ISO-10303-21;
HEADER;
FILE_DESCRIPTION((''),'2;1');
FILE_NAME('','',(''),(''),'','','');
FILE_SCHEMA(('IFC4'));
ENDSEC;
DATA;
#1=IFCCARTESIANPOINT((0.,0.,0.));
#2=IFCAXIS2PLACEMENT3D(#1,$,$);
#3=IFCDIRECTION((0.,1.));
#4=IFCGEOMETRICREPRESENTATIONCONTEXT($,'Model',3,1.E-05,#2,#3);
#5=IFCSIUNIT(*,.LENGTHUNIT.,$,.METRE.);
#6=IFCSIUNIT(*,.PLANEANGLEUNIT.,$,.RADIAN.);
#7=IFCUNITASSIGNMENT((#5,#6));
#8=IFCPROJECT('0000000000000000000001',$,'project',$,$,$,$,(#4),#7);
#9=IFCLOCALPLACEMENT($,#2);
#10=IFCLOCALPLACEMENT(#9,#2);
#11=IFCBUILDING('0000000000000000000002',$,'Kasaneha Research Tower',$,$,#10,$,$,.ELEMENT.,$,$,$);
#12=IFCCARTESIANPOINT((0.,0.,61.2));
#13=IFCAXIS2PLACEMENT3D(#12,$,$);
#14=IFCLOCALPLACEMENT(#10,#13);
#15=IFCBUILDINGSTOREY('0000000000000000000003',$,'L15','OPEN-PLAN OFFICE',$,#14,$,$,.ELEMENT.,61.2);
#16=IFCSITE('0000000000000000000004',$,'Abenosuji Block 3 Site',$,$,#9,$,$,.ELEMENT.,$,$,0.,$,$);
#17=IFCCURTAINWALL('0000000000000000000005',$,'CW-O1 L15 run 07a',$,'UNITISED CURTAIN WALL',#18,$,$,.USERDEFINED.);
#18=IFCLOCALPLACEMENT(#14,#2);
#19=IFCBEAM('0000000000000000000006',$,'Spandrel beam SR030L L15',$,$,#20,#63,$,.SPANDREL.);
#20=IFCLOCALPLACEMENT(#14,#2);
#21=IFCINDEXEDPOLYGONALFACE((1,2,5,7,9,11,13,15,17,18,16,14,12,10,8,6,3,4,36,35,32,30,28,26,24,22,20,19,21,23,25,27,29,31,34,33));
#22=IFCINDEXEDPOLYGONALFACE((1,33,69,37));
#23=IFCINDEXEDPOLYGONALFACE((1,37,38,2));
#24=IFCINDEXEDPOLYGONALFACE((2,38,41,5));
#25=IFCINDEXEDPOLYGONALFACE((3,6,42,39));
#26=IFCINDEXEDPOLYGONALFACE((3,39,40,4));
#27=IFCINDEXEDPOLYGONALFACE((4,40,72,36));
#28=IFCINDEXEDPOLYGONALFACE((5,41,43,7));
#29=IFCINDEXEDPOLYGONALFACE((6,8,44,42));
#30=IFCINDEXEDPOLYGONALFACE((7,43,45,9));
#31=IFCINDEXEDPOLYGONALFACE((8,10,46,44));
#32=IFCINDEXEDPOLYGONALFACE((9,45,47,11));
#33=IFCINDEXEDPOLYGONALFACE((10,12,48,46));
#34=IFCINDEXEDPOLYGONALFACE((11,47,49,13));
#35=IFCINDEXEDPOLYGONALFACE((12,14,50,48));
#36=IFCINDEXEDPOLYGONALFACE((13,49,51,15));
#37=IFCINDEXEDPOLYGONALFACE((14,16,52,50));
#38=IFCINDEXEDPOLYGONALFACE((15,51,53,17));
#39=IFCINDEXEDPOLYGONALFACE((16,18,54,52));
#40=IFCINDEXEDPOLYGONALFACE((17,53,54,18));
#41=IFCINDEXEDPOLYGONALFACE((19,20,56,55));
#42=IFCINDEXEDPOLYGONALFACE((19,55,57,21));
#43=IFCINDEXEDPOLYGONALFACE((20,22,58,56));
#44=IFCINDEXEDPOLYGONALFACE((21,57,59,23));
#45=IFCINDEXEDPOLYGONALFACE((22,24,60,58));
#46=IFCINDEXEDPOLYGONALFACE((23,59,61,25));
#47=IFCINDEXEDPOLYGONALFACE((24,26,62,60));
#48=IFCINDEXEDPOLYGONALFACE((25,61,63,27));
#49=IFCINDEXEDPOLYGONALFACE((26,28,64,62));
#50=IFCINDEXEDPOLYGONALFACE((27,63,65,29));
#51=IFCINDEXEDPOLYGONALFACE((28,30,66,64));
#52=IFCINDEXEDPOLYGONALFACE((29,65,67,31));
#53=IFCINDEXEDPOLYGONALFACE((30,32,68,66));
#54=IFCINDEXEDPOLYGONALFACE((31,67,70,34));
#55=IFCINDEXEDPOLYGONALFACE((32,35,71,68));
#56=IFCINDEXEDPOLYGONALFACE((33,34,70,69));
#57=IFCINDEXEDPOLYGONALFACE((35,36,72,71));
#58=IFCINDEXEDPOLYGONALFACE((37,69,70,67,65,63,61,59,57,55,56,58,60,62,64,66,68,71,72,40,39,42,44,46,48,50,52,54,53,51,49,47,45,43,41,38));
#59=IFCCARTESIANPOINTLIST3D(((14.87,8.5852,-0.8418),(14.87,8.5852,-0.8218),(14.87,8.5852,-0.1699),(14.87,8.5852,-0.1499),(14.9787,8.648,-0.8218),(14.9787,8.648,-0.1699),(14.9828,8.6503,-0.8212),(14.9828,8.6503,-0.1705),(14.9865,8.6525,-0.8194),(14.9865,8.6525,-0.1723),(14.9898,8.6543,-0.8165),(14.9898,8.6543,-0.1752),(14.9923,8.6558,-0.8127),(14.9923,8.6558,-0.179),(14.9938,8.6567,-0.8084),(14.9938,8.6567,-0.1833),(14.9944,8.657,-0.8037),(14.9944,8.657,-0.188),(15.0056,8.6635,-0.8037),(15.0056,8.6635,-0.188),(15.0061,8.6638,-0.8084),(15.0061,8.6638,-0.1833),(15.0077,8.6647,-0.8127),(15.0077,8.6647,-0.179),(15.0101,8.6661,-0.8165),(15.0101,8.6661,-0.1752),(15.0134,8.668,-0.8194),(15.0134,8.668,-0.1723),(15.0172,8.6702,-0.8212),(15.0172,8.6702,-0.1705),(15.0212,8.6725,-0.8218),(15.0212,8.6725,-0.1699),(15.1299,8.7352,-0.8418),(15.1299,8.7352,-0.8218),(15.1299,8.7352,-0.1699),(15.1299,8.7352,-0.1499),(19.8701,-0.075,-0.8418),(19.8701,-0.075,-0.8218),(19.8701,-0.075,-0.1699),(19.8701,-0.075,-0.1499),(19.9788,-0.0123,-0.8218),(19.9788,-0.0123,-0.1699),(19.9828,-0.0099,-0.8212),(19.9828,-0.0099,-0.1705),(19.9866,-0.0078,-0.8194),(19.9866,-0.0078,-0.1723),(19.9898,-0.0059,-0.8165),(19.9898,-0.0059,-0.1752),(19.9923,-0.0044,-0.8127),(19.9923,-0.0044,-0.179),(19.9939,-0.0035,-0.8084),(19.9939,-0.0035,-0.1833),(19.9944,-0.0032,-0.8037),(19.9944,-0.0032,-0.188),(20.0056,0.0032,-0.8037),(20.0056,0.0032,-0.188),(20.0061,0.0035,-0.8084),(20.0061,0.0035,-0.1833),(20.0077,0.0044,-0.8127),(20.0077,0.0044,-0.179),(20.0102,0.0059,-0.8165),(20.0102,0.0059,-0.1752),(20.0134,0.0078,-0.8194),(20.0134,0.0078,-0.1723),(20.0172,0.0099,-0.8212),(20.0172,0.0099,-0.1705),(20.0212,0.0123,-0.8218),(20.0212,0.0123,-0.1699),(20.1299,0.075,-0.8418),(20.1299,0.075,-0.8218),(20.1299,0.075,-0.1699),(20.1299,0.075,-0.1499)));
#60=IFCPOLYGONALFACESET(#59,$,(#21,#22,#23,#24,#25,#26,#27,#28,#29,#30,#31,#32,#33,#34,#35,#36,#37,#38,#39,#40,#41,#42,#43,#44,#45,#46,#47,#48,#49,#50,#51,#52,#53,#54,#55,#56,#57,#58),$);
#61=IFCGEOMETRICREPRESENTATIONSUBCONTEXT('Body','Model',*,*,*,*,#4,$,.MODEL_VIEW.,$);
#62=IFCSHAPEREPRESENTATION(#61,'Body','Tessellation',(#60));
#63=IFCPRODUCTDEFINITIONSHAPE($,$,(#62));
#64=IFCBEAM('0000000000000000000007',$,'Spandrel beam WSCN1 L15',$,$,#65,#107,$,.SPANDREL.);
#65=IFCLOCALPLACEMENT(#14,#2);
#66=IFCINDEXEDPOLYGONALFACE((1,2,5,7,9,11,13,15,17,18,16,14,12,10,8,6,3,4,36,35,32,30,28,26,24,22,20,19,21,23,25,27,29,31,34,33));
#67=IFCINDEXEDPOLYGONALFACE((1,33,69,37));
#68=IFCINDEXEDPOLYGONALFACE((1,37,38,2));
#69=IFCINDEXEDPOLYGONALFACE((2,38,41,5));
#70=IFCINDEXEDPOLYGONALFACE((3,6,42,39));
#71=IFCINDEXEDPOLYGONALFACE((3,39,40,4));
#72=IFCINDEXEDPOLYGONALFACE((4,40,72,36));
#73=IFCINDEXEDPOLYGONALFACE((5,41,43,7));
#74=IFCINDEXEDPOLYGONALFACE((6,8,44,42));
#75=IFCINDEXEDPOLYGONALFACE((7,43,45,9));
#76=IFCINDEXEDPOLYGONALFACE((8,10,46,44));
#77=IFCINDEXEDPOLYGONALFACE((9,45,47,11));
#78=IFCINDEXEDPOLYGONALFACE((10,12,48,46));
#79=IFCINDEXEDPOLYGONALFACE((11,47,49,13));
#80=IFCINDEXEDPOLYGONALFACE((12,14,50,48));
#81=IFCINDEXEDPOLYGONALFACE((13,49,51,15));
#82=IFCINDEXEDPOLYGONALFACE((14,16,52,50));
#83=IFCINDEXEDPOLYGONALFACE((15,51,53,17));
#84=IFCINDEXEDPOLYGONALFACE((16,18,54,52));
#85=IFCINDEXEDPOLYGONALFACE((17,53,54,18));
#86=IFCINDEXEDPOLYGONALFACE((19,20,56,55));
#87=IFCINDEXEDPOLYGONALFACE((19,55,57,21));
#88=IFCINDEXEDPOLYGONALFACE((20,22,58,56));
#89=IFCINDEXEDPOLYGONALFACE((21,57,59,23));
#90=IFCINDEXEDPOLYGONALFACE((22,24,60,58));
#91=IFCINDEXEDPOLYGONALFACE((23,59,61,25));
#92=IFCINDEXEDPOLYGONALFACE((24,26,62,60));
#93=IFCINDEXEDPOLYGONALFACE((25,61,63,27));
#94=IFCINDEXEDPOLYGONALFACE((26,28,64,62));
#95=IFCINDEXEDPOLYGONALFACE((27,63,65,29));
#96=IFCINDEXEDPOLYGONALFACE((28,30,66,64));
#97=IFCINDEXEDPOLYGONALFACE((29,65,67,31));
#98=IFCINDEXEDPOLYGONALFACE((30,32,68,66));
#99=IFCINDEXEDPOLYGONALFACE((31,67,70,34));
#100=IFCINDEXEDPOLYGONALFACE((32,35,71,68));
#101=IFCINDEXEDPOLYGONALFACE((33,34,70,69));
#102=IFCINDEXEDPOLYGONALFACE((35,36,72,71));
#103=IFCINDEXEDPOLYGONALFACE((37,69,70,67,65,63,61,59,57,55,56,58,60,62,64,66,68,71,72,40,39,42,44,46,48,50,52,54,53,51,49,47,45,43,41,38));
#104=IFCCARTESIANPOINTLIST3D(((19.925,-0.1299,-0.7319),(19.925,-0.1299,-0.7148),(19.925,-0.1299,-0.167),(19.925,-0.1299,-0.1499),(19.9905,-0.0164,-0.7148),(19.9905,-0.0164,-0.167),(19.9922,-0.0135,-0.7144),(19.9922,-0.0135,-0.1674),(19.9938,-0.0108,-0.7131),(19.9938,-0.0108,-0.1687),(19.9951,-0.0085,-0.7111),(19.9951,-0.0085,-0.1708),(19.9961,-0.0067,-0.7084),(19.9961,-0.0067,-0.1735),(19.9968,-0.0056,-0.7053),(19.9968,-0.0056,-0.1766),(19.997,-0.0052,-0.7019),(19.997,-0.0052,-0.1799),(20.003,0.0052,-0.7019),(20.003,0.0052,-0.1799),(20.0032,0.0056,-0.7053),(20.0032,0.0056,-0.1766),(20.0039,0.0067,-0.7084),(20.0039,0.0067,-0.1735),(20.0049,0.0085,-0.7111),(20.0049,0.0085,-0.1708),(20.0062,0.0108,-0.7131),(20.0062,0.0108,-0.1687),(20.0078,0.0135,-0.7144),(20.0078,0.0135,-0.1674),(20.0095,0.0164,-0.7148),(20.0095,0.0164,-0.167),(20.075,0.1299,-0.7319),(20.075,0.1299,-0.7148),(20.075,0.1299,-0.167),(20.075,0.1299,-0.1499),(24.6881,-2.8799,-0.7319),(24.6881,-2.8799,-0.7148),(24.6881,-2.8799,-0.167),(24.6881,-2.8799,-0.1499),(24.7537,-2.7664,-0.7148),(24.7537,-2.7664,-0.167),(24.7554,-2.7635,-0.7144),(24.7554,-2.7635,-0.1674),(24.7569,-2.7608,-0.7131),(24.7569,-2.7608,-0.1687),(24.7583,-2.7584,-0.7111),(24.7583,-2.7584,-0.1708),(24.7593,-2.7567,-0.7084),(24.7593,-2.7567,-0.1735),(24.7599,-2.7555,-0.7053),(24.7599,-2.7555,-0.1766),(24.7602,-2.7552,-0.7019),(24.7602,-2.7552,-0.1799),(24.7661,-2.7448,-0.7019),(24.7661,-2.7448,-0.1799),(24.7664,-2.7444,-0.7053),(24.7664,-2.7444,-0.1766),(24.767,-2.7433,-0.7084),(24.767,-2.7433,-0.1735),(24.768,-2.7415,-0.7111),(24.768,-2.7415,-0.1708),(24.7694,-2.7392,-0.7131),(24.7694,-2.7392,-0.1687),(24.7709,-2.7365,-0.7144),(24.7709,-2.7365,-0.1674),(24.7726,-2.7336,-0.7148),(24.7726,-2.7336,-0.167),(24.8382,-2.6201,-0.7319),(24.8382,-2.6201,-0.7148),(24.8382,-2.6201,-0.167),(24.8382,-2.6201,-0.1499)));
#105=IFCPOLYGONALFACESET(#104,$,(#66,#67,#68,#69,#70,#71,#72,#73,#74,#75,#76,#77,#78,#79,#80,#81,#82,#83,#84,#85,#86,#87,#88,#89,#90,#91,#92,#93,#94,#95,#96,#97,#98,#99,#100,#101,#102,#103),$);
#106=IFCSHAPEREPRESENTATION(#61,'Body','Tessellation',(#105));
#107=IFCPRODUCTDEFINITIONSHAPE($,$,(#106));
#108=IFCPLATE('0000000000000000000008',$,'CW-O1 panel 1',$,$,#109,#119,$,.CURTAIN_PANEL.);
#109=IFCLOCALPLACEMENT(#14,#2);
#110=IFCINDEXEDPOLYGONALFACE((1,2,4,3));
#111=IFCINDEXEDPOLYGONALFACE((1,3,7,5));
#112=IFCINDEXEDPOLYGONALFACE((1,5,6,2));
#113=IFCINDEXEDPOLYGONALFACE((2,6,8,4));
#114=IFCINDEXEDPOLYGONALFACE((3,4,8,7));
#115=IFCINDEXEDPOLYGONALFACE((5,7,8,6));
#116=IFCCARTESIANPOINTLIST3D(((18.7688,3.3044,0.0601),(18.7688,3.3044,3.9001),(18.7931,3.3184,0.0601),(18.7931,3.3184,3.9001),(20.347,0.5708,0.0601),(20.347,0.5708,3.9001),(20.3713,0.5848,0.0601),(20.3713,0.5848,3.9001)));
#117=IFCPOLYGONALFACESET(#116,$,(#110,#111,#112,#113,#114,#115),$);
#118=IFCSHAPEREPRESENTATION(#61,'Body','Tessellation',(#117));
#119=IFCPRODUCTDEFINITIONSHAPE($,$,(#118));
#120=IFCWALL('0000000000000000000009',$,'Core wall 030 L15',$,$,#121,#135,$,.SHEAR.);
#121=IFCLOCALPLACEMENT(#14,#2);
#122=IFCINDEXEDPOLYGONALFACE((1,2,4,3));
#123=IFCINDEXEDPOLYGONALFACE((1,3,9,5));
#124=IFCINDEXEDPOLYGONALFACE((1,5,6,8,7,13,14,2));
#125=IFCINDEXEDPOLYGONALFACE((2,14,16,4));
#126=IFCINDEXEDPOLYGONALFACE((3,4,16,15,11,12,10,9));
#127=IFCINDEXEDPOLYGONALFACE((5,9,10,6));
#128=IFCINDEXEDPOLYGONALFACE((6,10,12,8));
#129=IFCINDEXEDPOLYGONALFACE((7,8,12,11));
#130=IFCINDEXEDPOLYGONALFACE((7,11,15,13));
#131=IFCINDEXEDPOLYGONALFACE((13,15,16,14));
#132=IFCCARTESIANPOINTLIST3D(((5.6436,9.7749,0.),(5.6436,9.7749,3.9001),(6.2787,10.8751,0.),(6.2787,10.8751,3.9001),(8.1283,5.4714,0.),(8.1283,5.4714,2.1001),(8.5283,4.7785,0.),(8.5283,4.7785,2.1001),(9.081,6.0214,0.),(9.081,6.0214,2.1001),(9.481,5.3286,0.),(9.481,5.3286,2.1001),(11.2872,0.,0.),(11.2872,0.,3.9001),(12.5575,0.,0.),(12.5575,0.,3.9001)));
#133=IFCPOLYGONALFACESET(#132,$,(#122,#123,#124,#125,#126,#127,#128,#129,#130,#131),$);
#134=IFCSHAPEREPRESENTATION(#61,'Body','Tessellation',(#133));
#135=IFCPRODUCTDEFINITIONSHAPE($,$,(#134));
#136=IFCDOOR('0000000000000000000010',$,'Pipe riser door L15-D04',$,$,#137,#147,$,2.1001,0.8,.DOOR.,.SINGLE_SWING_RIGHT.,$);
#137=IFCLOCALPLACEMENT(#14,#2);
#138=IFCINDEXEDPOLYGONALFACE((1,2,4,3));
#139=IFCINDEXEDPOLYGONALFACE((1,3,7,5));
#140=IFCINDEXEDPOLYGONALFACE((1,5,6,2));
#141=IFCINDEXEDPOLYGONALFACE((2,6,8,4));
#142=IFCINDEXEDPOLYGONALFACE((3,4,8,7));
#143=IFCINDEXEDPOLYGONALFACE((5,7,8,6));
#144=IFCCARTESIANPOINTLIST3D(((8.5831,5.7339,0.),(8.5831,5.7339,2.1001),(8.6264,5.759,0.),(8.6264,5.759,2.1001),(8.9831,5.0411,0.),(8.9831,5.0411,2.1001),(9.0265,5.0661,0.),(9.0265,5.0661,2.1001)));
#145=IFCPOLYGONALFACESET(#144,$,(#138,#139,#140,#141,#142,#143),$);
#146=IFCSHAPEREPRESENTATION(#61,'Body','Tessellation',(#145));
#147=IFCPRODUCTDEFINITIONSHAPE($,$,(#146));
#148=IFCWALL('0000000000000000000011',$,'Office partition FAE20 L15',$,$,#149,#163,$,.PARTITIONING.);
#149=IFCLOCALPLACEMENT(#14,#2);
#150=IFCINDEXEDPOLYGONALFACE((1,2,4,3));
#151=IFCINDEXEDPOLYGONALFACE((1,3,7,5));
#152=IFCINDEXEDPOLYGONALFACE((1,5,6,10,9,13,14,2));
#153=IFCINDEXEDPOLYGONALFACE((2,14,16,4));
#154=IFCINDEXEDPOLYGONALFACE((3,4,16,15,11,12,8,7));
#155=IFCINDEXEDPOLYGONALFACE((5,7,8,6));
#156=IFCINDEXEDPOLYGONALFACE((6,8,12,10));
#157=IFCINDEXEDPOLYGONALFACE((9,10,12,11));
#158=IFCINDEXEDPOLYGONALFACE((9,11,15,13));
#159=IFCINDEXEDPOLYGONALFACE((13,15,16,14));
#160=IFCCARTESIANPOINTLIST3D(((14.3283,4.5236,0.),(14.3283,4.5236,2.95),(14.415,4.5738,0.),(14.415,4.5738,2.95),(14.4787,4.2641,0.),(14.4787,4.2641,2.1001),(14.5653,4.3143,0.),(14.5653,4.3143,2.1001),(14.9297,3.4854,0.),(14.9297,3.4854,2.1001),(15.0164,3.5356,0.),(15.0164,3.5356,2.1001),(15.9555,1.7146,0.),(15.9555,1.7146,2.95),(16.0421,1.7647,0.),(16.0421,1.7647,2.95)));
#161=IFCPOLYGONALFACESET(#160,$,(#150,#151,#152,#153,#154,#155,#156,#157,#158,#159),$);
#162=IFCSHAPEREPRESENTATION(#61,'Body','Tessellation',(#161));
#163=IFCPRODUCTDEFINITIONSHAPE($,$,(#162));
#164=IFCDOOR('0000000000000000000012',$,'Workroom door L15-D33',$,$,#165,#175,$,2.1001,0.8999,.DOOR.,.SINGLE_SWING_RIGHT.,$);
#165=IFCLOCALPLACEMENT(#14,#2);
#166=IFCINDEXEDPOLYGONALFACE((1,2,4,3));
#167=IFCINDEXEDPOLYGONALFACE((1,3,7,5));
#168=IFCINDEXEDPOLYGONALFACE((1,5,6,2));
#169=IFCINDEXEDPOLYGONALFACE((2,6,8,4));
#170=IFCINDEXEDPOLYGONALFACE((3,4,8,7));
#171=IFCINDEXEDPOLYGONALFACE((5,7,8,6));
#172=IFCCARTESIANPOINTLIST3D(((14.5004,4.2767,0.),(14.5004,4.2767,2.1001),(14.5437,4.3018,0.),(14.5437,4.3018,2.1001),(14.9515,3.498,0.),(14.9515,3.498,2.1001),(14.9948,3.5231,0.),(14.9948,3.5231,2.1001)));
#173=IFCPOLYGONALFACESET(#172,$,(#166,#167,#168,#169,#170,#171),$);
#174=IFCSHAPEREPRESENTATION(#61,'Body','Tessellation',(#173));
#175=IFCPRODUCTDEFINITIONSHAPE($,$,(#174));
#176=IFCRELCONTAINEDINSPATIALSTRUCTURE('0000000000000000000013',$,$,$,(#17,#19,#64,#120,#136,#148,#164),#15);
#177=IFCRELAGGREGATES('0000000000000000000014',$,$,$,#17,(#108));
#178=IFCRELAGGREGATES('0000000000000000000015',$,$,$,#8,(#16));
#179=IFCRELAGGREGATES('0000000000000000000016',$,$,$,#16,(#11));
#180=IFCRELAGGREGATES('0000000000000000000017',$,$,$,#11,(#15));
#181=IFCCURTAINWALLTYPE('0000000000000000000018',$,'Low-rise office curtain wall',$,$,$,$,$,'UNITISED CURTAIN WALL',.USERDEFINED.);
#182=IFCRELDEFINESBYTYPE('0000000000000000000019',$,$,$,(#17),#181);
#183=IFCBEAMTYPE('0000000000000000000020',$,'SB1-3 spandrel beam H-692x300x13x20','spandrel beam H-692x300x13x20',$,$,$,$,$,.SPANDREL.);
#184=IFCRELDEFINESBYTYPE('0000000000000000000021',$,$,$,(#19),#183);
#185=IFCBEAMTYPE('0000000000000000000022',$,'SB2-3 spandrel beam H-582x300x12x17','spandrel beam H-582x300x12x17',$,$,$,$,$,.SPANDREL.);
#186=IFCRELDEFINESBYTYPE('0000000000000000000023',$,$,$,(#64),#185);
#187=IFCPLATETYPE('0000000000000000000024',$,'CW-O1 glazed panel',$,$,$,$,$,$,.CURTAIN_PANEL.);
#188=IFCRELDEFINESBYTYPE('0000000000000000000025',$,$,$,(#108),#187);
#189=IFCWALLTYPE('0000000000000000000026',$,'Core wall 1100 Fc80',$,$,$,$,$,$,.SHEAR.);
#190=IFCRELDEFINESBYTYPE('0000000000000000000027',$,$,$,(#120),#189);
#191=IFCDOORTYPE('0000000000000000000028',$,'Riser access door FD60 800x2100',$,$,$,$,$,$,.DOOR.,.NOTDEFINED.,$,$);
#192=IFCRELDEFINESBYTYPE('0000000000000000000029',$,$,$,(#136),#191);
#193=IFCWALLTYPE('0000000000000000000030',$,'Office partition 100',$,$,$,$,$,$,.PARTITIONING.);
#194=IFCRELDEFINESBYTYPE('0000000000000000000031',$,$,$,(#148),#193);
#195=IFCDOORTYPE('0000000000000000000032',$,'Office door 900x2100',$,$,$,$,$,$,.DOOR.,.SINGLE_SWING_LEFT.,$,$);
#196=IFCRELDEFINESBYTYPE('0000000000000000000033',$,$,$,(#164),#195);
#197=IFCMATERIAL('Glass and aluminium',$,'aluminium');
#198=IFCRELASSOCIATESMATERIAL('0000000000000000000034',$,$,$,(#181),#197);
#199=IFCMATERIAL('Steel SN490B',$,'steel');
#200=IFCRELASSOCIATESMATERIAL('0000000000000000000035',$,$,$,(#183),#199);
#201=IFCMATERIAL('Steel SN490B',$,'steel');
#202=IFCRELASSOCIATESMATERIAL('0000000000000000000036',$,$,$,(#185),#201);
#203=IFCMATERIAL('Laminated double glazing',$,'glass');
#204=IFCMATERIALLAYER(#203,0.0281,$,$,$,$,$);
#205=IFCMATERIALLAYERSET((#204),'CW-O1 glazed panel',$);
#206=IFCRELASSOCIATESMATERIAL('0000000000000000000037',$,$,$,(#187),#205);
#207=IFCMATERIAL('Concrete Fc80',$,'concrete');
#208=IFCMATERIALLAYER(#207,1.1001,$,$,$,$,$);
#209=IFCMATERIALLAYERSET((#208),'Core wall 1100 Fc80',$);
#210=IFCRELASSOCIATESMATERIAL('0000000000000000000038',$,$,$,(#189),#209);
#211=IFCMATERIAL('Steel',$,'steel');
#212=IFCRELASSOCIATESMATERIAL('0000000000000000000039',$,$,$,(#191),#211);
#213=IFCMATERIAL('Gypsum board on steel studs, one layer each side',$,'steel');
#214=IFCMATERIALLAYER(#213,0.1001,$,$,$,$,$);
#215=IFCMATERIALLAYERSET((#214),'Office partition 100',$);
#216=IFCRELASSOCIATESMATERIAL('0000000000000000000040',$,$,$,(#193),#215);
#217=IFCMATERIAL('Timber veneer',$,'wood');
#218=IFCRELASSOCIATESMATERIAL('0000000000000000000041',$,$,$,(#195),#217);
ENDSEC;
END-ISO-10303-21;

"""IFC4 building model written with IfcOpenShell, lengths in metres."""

from ifc_helpers import new_model, si_unit, direction, frame, frame_2d, origin, origin_2d, place, context, subcontext, project, spatial, polyline, rectangle, i_section, outline, extrude, material, layer, layer_set, material_profile, profile_set, type_object, element, fill, aggregate, save


model = new_model("IFC4")

# Units and contexts
model_context = context("Model", 3, precision=1e-05, world=origin(), true_north=direction((0.0, 1.0)))
body_context = subcontext(model_context, "Body", "Model", "MODEL_VIEW")
ifc_project = project(units=[si_unit("LENGTHUNIT", "METRE"), si_unit("PLANEANGLEUNIT", "RADIAN")], contexts=[model_context])

# Site, building, storey
site_placement = place(None, origin())
site = spatial("IfcSite", under=ifc_project, at=site_placement, Name="Abenosuji Block 3 Site", CompositionType="ELEMENT", RefElevation=0.0)
building_placement = place(site_placement, origin())
building = spatial("IfcBuilding", under=site, at=building_placement, Name="Kasaneha Research Tower", CompositionType="ELEMENT")
storey_placement = place(building_placement, frame((0.0, 0.0, 61.2)))
storey = spatial("IfcBuildingStorey", under=building, at=storey_placement, Name="L15", Description="OPEN-PLAN OFFICE", CompositionType="ELEMENT", Elevation=61.2)

# Shared definitions
ifc_material_1 = material(Name="Glass and aluminium", Category="aluminium")
curtain_wall_type = type_object("IfcCurtainWallType", Name="Low-rise office curtain wall", ElementType="UNITISED CURTAIN WALL", PredefinedType="USERDEFINED", material=ifc_material_1)

# Curtain wall
curtain_wall_1_placement = place(storey_placement, origin())
curtain_wall_1 = element("IfcCurtainWall", 1, at=curtain_wall_1_placement, inside=storey, type_object=curtain_wall_type, Name="CW-O1 L15 run 07a", ObjectType="UNITISED CURTAIN WALL", PredefinedType="USERDEFINED")

# Beams
ifc_material_2 = material(Name="Steel SN490B", Category="steel")
ifc_material_profile_1 = material_profile(ifc_material_2, i_section(OverallWidth=0.3, OverallDepth=0.6919, WebThickness=0.0129, FlangeThickness=0.02, FilletRadius=0.0181, at=origin_2d()), Name="H-692x300x13x20")
ifc_profile_set_1 = profile_set([ifc_material_profile_1], Name="Steel SN490B")
beam_type_1 = type_object("IfcBeamType", Name="SB1-3 spandrel beam H-692x300x13x20", Description="spandrel beam H-692x300x13x20", PredefinedType="SPANDREL", material=ifc_profile_set_1)
beam_1_placement = place(storey_placement, frame((20.0, 0.0, -0.4958), z_axis=(-0.500004, 0.866023, 0.0), x_axis=(-0.866023, -0.500004, 0.0)))
element("IfcBeam", 2, at=beam_1_placement, inside=storey, type_object=beam_type_1, Name="Spandrel beam SR030L L15", PredefinedType="SPANDREL", context=body_context, shape_type="SweptSolid", body=[
    extrude(i_section(OverallWidth=0.3, OverallDepth=0.6919, WebThickness=0.0129, FlangeThickness=0.02, FilletRadius=0.0181, at=origin_2d()), origin(), (0.0, 0.0, 1.0), 10.0),
])
ifc_material_3 = material(Name="Steel SN490B", Category="steel")
ifc_material_profile_2 = material_profile(ifc_material_3, i_section(OverallWidth=0.3, OverallDepth=0.582, WebThickness=0.012, FlangeThickness=0.0171, FilletRadius=0.0129, at=origin_2d()), Name="H-582x300x12x17")
ifc_profile_set_2 = profile_set([ifc_material_profile_2], Name="Steel SN490B")
beam_type_2 = type_object("IfcBeamType", Name="SB2-3 spandrel beam H-582x300x12x17", Description="spandrel beam H-582x300x12x17", PredefinedType="SPANDREL", material=ifc_profile_set_2)
beam_2_placement = place(storey_placement, frame((20.0, 0.0, -0.4409), z_axis=(0.866027, -0.499997, 0.0), x_axis=(0.499997, 0.866027, 0.0)))
element("IfcBeam", 3, at=beam_2_placement, inside=storey, type_object=beam_type_2, Name="Spandrel beam WSCN1 L15", PredefinedType="SPANDREL", context=body_context, shape_type="SweptSolid", body=[
    extrude(i_section(OverallWidth=0.3, OverallDepth=0.582, WebThickness=0.012, FlangeThickness=0.0171, FilletRadius=0.0129, at=origin_2d()), origin(), (0.0, 0.0, 1.0), 5.5),
])

# Plate
ifc_material_4 = material(Name="Laminated double glazing", Category="glass")
ifc_layer_1 = layer(ifc_material_4, 0.0281)
ifc_layer_set_1 = layer_set([ifc_layer_1], Name="CW-O1 glazed panel")
plate_type = type_object("IfcPlateType", Name="CW-O1 glazed panel", PredefinedType="CURTAIN_PANEL", material=ifc_layer_set_1)
plate_placement = place(storey_placement, frame((19.5701, 1.9446, 0.0601), z_axis=(0.0, 0.0, 1.0), x_axis=(-0.5, 0.866025, 0.0)))
plate = element("IfcPlate", 4, at=plate_placement, type_object=plate_type, Name="CW-O1 panel 1", PredefinedType="CURTAIN_PANEL", context=body_context, shape_type="SweptSolid", body=[
    extrude(rectangle(XDim=3.1565, YDim=0.0281, at=origin_2d()), origin(), (0.0, 0.0, 1.0), 3.8401),
])
aggregate(curtain_wall_1, [plate])

# Walls, openings, doors
ifc_material_5 = material(Name="Concrete Fc80", Category="concrete")
ifc_layer_2 = layer(ifc_material_5, 1.1001)
ifc_layer_set_2 = layer_set([ifc_layer_2], Name="Core wall 1100 Fc80")
wall_type_1 = type_object("IfcWallType", Name="Core wall 1100 Fc80", PredefinedType="SHEAR", material=ifc_layer_set_2)
wall_1_placement = place(storey_placement, frame((11.9224, 0.0, 0.0), z_axis=(0.0, 0.0, 1.0), x_axis=(-0.500004, 0.866023, 0.0)))
wall_1 = element("IfcWall", 5, at=wall_1_placement, inside=storey, type_object=wall_type_1, Name="Core wall 030 L15", PredefinedType="SHEAR", context=body_context, shape_type="SweptSolid", body=[
    extrude(outline(polyline([(-0.3176, -0.55), (5.8354, -0.55), (6.6355, -0.55), (12.24, -0.55), (11.6047, 0.55), (6.6355, 0.55), (5.8354, 0.55), (0.3176, 0.55), (-0.3176, -0.55)])), origin(), (0.0, 0.0, 1.0), 3.9001),
])
opening_1_placement = place(wall_1_placement, frame((5.8354, 0.0, 0.0)))
opening_1 = element("IfcOpeningElement", 6, at=opening_1_placement, cuts=wall_1, PredefinedType="OPENING", context=body_context, shape_type="SweptSolid", body=[
    extrude(rectangle(XDim=0.8, YDim=2.1001, at=frame_2d((0.3999, 1.05))), frame((0.0, 0.5601, 0.0), z_axis=(0.0, -1.0, 0.0), x_axis=(1.0, 0.0, 0.0)), (0.0, 0.0, 1.0), 1.1201),
])
ifc_material_6 = material(Name="Steel", Category="steel")
door_type_1 = type_object("IfcDoorType", Name="Riser access door FD60 800x2100", OperationType="NOTDEFINED", PredefinedType="DOOR", material=ifc_material_6)
door_1_placement = place(opening_1_placement, origin())
door_1 = element("IfcDoor", 7, at=door_1_placement, inside=storey, type_object=door_type_1, Name="Pipe riser door L15-D04", OperationType="SINGLE_SWING_RIGHT", OverallHeight=2.1001, OverallWidth=0.8, PredefinedType="DOOR", context=body_context, shape_type="SweptSolid", body=[
    extrude(rectangle(XDim=0.8, YDim=2.1001, at=frame_2d((0.3999, 1.05))), frame((0.0, 0.0249, 0.0), z_axis=(0.0, -1.0, 0.0), x_axis=(1.0, 0.0, 0.0)), (0.0, 0.0, 1.0), 0.05),
])
fill(opening_1, door_1)
ifc_material_7 = material(Name="Gypsum board on steel studs, one layer each side", Category="steel")
ifc_layer_3 = layer(ifc_material_7, 0.1001)
ifc_layer_set_3 = layer_set([ifc_layer_3], Name="Office partition 100")
wall_type_2 = type_object("IfcWallType", Name="Office partition 100", PredefinedType="PARTITIONING", material=ifc_layer_set_3)
wall_2_placement = place(storey_placement, frame((15.9988, 1.7397, 0.0), z_axis=(0.0, 0.0, 1.0), x_axis=(-0.501241, 0.865308, 0.0)))
wall_2 = element("IfcWall", 8, at=wall_2_placement, inside=storey, type_object=wall_type_2, Name="Office partition FAE20 L15", PredefinedType="PARTITIONING", context=body_context, shape_type="SweptSolid", body=[
    extrude(rectangle(XDim=3.2463, YDim=0.1001, at=frame_2d((1.623, 0.0))), origin(), (0.0, 0.0, 1.0), 2.95),
])
opening_2_placement = place(wall_2_placement, frame((2.0464, 0.0, 0.0)))
opening_2 = element("IfcOpeningElement", 9, at=opening_2_placement, cuts=wall_2, PredefinedType="OPENING", context=body_context, shape_type="SweptSolid", body=[
    extrude(rectangle(XDim=0.8999, YDim=2.1001, at=frame_2d((0.45, 1.05))), frame((0.0, 0.0601, 0.0), z_axis=(0.0, -1.0, 0.0), x_axis=(1.0, 0.0, 0.0)), (0.0, 0.0, 1.0), 0.1201),
])
ifc_material_8 = material(Name="Timber veneer", Category="wood")
door_type_2 = type_object("IfcDoorType", Name="Office door 900x2100", OperationType="SINGLE_SWING_LEFT", PredefinedType="DOOR", material=ifc_material_8)
door_2_placement = place(opening_2_placement, origin())
door_2 = element("IfcDoor", 10, at=door_2_placement, inside=storey, type_object=door_type_2, Name="Workroom door L15-D33", OperationType="SINGLE_SWING_RIGHT", OverallHeight=2.1001, OverallWidth=0.8999, PredefinedType="DOOR", context=body_context, shape_type="SweptSolid", body=[
    extrude(rectangle(XDim=0.8999, YDim=2.1001, at=frame_2d((0.45, 1.05))), frame((0.0, 0.0249, 0.0), z_axis=(0.0, -1.0, 0.0), x_axis=(1.0, 0.0, 0.0)), (0.0, 0.0, 1.0), 0.05),
])
fill(opening_2, door_2)

save(model, "model.ifc")
